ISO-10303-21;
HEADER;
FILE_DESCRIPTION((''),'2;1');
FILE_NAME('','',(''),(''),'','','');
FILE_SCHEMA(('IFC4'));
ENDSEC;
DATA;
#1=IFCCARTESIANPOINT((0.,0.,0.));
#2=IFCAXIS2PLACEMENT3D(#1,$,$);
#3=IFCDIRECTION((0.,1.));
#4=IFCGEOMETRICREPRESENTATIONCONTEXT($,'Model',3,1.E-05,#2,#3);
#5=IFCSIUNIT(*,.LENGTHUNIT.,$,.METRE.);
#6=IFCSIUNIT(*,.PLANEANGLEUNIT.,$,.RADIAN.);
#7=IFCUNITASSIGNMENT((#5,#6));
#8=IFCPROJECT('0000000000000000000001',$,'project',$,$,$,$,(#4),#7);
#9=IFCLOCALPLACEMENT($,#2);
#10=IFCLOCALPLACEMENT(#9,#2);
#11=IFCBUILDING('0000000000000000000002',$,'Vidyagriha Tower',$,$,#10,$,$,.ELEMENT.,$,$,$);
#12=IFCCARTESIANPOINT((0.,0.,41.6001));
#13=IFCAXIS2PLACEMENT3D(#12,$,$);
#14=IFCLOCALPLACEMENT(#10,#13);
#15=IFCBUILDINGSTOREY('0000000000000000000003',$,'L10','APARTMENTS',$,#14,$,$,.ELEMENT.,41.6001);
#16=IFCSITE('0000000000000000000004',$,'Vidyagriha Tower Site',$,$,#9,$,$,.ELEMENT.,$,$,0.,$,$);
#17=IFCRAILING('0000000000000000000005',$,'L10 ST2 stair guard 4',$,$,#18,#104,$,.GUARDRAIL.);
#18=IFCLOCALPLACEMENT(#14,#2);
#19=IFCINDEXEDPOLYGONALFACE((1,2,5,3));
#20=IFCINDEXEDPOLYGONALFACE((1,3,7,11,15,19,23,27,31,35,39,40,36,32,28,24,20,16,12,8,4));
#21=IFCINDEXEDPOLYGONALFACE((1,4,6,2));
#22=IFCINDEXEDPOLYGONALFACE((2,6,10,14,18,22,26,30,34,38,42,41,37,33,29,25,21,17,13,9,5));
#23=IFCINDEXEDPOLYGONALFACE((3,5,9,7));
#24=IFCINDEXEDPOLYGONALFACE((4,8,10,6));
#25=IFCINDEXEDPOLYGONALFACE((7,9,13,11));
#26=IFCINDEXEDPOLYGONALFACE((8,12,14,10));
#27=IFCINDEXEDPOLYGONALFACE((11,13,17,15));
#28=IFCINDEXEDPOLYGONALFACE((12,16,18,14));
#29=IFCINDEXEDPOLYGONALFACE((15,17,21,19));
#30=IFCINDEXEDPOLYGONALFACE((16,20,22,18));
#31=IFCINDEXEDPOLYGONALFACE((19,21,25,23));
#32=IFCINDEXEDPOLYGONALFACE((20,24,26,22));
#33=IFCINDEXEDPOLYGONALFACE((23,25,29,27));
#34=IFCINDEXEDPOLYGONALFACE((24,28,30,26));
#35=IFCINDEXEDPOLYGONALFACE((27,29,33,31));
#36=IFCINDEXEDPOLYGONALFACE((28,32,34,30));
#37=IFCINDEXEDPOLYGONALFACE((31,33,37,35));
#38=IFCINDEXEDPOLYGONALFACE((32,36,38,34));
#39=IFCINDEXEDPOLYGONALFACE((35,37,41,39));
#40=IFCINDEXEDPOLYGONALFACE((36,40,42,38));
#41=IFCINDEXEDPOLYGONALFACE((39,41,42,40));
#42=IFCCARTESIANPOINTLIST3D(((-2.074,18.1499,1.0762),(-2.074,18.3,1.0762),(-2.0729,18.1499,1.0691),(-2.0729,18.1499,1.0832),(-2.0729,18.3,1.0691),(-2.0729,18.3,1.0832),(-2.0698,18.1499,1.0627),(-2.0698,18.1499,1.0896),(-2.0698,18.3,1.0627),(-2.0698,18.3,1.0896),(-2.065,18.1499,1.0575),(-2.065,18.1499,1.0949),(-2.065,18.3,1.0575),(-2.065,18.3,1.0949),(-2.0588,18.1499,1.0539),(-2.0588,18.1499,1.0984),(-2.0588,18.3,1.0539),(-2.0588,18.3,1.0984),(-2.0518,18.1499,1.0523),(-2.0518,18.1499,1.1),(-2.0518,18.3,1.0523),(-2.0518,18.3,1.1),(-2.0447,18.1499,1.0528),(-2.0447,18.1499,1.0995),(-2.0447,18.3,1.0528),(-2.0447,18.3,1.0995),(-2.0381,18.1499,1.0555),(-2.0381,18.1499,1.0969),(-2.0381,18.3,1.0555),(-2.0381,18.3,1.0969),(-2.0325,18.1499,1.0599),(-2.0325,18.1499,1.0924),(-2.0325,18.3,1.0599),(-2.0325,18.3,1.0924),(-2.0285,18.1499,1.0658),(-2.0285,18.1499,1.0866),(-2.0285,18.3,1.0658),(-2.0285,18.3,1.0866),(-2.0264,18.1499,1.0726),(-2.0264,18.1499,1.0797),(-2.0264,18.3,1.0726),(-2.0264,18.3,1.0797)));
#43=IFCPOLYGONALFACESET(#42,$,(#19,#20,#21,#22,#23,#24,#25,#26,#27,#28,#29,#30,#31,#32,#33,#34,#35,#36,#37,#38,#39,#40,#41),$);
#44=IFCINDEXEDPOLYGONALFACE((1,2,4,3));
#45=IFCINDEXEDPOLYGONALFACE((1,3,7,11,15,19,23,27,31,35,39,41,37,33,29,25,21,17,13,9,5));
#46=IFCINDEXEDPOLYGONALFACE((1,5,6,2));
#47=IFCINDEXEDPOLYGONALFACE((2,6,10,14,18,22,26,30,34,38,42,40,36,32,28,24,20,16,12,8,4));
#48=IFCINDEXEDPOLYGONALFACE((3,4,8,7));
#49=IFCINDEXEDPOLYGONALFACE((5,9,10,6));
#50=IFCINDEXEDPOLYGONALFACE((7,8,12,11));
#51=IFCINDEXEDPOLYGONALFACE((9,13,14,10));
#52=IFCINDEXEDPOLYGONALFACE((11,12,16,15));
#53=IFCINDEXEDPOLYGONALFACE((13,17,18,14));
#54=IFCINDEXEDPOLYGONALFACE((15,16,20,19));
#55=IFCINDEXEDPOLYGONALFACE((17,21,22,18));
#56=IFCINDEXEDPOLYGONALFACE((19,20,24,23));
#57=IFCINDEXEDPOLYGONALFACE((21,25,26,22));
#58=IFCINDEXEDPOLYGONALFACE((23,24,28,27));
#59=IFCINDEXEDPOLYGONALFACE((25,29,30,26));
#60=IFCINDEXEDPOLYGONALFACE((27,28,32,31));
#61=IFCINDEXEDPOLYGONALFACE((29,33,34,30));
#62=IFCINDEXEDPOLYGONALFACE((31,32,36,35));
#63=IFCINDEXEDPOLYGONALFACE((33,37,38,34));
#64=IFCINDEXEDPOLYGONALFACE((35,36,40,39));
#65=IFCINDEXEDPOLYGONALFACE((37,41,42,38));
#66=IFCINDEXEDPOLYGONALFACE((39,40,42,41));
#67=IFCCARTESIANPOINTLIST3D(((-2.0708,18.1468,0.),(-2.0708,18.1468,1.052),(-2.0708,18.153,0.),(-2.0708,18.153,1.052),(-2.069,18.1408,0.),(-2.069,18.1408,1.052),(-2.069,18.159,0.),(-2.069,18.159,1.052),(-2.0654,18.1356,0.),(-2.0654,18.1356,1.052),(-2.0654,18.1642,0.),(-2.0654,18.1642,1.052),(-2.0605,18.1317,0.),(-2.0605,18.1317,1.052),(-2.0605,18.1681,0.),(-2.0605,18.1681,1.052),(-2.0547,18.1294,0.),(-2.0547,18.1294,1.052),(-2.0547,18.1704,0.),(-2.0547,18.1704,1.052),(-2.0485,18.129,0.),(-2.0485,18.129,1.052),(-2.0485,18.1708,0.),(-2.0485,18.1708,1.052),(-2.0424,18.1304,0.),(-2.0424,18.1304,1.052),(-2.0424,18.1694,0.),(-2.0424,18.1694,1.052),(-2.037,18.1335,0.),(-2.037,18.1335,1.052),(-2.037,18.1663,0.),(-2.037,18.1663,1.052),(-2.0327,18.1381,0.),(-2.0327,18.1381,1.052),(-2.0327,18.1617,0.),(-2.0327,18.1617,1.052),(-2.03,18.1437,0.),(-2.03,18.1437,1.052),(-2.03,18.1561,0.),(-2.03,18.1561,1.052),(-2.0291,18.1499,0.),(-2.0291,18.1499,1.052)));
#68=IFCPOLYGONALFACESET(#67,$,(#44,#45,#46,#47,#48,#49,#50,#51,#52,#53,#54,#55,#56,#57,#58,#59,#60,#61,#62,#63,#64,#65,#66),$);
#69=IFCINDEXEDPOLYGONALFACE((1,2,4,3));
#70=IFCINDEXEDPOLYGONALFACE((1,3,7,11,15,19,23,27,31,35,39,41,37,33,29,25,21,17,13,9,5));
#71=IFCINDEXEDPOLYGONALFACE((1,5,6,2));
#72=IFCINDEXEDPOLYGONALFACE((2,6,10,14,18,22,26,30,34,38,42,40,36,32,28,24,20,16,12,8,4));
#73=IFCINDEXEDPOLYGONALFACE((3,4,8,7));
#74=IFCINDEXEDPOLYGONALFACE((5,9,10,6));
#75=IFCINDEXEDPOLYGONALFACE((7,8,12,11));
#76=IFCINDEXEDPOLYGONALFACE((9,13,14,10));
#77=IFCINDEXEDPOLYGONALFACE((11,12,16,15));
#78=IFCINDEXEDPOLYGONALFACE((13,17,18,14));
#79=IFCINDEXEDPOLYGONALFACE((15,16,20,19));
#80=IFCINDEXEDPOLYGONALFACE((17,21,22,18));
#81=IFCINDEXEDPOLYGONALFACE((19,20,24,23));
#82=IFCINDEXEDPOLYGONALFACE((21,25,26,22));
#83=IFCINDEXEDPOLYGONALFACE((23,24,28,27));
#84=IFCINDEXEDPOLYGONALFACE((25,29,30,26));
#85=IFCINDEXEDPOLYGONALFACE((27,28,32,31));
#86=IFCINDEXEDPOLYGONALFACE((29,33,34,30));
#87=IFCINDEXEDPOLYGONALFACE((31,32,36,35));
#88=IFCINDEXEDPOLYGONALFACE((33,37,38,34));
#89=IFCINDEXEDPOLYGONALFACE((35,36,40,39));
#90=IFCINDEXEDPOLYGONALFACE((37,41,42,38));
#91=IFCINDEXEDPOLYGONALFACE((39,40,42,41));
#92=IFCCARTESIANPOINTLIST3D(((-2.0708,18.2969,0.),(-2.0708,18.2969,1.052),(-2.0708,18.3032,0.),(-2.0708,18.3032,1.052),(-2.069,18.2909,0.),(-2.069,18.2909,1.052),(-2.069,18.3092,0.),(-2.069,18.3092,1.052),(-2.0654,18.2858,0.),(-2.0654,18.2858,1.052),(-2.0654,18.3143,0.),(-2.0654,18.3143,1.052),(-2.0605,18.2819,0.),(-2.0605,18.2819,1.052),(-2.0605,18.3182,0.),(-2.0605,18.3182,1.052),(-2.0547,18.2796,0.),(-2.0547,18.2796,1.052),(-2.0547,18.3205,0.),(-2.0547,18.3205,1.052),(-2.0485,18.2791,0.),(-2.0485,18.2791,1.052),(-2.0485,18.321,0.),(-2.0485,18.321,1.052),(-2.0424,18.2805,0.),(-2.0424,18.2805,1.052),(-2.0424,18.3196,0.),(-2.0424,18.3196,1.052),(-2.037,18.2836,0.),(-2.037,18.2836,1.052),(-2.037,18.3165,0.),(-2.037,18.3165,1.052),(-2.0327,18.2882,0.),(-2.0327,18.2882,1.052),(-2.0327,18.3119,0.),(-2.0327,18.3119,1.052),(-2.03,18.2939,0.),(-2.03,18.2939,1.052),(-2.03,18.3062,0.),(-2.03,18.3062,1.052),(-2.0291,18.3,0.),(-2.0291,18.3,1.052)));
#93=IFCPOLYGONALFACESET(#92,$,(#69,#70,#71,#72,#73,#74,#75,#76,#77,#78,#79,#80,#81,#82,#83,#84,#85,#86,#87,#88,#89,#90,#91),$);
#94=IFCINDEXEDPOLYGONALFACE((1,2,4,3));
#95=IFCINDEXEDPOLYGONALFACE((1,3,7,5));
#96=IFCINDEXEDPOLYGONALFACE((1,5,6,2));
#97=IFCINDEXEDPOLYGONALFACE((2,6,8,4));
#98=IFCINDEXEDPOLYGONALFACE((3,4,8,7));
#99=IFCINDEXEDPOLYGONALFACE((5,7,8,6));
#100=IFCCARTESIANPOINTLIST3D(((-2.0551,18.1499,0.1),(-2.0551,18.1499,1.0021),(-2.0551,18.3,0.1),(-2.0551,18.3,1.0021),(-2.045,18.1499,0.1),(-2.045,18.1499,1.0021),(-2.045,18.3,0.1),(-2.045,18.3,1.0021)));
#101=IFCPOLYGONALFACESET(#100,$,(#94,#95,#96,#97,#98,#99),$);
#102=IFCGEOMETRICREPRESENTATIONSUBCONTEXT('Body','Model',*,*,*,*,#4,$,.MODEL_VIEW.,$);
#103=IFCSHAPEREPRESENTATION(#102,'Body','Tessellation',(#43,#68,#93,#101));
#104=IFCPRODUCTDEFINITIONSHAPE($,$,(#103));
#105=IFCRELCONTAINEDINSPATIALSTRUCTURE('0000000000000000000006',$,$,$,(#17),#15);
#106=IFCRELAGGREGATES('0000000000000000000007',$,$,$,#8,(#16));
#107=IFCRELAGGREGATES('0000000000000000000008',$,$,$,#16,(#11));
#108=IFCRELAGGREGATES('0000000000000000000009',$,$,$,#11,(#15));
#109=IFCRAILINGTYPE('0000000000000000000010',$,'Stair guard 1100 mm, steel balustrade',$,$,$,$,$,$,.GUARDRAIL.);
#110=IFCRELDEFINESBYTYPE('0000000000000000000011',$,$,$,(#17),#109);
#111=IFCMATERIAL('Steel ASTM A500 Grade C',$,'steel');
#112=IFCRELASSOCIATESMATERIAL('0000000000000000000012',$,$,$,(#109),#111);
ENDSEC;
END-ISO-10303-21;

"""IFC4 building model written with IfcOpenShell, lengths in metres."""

from ifc_helpers import new_model, si_unit, direction, frame, origin, origin_2d, place, context, subcontext, project, spatial, rectangle, circle, extrude, material, type_object, element, save


model = new_model("IFC4")

# Units and contexts
model_context = context("Model", 3, precision=1e-05, world=origin(), true_north=direction((0.0, 1.0)))
body_context = subcontext(model_context, "Body", "Model", "MODEL_VIEW")
ifc_project = project(units=[si_unit("LENGTHUNIT", "METRE"), si_unit("PLANEANGLEUNIT", "RADIAN")], contexts=[model_context])

# Site, building, storey
site_placement = place(None, origin())
site = spatial("IfcSite", under=ifc_project, at=site_placement, Name="Vidyagriha Tower Site", CompositionType="ELEMENT", RefElevation=0.0)
building_placement = place(site_placement, origin())
building = spatial("IfcBuilding", under=site, at=building_placement, Name="Vidyagriha Tower", CompositionType="ELEMENT")
storey_placement = place(building_placement, frame((0.0, 0.0, 41.6001)))
storey = spatial("IfcBuildingStorey", under=building, at=storey_placement, Name="L10", Description="APARTMENTS", CompositionType="ELEMENT", Elevation=41.6001)

# Railing
ifc_material_1 = material(Name="Steel ASTM A500 Grade C", Category="steel")
railing_type_1 = type_object("IfcRailingType", Name="Stair guard 1100 mm, steel balustrade", PredefinedType="GUARDRAIL", material=ifc_material_1)
railing_1_placement = place(storey_placement, frame((-2.05, 18.1499, 0.0)))
element("IfcRailing", 1, at=railing_1_placement, inside=storey, type_object=railing_type_1, Name="L10 ST2 stair guard 4", PredefinedType="GUARDRAIL", context=body_context, shape_type="SweptSolid", body=[
    extrude(circle(Radius=0.0239, at=origin_2d()), frame((0.0, 0.0, 1.0762), z_axis=(0.0, 1.0, 0.0), x_axis=(-1.0, 0.0, 0.0)), (0.0, 0.0, 1.0), 0.1501),
    extrude(circle(Radius=0.021, at=origin_2d()), origin(), (0.0, 0.0, 1.0), 1.052),
    extrude(circle(Radius=0.021, at=origin_2d()), frame((0.0, 0.1501, 0.0)), (0.0, 0.0, 1.0), 1.052),
    extrude(rectangle(XDim=0.01, YDim=0.9021, at=origin_2d()), frame((0.0, 0.0, 0.551), z_axis=(0.0, 1.0, 0.0), x_axis=(-1.0, 0.0, 0.0)), (0.0, 0.0, 1.0), 0.1501),
])

save(model, "model.ifc")
